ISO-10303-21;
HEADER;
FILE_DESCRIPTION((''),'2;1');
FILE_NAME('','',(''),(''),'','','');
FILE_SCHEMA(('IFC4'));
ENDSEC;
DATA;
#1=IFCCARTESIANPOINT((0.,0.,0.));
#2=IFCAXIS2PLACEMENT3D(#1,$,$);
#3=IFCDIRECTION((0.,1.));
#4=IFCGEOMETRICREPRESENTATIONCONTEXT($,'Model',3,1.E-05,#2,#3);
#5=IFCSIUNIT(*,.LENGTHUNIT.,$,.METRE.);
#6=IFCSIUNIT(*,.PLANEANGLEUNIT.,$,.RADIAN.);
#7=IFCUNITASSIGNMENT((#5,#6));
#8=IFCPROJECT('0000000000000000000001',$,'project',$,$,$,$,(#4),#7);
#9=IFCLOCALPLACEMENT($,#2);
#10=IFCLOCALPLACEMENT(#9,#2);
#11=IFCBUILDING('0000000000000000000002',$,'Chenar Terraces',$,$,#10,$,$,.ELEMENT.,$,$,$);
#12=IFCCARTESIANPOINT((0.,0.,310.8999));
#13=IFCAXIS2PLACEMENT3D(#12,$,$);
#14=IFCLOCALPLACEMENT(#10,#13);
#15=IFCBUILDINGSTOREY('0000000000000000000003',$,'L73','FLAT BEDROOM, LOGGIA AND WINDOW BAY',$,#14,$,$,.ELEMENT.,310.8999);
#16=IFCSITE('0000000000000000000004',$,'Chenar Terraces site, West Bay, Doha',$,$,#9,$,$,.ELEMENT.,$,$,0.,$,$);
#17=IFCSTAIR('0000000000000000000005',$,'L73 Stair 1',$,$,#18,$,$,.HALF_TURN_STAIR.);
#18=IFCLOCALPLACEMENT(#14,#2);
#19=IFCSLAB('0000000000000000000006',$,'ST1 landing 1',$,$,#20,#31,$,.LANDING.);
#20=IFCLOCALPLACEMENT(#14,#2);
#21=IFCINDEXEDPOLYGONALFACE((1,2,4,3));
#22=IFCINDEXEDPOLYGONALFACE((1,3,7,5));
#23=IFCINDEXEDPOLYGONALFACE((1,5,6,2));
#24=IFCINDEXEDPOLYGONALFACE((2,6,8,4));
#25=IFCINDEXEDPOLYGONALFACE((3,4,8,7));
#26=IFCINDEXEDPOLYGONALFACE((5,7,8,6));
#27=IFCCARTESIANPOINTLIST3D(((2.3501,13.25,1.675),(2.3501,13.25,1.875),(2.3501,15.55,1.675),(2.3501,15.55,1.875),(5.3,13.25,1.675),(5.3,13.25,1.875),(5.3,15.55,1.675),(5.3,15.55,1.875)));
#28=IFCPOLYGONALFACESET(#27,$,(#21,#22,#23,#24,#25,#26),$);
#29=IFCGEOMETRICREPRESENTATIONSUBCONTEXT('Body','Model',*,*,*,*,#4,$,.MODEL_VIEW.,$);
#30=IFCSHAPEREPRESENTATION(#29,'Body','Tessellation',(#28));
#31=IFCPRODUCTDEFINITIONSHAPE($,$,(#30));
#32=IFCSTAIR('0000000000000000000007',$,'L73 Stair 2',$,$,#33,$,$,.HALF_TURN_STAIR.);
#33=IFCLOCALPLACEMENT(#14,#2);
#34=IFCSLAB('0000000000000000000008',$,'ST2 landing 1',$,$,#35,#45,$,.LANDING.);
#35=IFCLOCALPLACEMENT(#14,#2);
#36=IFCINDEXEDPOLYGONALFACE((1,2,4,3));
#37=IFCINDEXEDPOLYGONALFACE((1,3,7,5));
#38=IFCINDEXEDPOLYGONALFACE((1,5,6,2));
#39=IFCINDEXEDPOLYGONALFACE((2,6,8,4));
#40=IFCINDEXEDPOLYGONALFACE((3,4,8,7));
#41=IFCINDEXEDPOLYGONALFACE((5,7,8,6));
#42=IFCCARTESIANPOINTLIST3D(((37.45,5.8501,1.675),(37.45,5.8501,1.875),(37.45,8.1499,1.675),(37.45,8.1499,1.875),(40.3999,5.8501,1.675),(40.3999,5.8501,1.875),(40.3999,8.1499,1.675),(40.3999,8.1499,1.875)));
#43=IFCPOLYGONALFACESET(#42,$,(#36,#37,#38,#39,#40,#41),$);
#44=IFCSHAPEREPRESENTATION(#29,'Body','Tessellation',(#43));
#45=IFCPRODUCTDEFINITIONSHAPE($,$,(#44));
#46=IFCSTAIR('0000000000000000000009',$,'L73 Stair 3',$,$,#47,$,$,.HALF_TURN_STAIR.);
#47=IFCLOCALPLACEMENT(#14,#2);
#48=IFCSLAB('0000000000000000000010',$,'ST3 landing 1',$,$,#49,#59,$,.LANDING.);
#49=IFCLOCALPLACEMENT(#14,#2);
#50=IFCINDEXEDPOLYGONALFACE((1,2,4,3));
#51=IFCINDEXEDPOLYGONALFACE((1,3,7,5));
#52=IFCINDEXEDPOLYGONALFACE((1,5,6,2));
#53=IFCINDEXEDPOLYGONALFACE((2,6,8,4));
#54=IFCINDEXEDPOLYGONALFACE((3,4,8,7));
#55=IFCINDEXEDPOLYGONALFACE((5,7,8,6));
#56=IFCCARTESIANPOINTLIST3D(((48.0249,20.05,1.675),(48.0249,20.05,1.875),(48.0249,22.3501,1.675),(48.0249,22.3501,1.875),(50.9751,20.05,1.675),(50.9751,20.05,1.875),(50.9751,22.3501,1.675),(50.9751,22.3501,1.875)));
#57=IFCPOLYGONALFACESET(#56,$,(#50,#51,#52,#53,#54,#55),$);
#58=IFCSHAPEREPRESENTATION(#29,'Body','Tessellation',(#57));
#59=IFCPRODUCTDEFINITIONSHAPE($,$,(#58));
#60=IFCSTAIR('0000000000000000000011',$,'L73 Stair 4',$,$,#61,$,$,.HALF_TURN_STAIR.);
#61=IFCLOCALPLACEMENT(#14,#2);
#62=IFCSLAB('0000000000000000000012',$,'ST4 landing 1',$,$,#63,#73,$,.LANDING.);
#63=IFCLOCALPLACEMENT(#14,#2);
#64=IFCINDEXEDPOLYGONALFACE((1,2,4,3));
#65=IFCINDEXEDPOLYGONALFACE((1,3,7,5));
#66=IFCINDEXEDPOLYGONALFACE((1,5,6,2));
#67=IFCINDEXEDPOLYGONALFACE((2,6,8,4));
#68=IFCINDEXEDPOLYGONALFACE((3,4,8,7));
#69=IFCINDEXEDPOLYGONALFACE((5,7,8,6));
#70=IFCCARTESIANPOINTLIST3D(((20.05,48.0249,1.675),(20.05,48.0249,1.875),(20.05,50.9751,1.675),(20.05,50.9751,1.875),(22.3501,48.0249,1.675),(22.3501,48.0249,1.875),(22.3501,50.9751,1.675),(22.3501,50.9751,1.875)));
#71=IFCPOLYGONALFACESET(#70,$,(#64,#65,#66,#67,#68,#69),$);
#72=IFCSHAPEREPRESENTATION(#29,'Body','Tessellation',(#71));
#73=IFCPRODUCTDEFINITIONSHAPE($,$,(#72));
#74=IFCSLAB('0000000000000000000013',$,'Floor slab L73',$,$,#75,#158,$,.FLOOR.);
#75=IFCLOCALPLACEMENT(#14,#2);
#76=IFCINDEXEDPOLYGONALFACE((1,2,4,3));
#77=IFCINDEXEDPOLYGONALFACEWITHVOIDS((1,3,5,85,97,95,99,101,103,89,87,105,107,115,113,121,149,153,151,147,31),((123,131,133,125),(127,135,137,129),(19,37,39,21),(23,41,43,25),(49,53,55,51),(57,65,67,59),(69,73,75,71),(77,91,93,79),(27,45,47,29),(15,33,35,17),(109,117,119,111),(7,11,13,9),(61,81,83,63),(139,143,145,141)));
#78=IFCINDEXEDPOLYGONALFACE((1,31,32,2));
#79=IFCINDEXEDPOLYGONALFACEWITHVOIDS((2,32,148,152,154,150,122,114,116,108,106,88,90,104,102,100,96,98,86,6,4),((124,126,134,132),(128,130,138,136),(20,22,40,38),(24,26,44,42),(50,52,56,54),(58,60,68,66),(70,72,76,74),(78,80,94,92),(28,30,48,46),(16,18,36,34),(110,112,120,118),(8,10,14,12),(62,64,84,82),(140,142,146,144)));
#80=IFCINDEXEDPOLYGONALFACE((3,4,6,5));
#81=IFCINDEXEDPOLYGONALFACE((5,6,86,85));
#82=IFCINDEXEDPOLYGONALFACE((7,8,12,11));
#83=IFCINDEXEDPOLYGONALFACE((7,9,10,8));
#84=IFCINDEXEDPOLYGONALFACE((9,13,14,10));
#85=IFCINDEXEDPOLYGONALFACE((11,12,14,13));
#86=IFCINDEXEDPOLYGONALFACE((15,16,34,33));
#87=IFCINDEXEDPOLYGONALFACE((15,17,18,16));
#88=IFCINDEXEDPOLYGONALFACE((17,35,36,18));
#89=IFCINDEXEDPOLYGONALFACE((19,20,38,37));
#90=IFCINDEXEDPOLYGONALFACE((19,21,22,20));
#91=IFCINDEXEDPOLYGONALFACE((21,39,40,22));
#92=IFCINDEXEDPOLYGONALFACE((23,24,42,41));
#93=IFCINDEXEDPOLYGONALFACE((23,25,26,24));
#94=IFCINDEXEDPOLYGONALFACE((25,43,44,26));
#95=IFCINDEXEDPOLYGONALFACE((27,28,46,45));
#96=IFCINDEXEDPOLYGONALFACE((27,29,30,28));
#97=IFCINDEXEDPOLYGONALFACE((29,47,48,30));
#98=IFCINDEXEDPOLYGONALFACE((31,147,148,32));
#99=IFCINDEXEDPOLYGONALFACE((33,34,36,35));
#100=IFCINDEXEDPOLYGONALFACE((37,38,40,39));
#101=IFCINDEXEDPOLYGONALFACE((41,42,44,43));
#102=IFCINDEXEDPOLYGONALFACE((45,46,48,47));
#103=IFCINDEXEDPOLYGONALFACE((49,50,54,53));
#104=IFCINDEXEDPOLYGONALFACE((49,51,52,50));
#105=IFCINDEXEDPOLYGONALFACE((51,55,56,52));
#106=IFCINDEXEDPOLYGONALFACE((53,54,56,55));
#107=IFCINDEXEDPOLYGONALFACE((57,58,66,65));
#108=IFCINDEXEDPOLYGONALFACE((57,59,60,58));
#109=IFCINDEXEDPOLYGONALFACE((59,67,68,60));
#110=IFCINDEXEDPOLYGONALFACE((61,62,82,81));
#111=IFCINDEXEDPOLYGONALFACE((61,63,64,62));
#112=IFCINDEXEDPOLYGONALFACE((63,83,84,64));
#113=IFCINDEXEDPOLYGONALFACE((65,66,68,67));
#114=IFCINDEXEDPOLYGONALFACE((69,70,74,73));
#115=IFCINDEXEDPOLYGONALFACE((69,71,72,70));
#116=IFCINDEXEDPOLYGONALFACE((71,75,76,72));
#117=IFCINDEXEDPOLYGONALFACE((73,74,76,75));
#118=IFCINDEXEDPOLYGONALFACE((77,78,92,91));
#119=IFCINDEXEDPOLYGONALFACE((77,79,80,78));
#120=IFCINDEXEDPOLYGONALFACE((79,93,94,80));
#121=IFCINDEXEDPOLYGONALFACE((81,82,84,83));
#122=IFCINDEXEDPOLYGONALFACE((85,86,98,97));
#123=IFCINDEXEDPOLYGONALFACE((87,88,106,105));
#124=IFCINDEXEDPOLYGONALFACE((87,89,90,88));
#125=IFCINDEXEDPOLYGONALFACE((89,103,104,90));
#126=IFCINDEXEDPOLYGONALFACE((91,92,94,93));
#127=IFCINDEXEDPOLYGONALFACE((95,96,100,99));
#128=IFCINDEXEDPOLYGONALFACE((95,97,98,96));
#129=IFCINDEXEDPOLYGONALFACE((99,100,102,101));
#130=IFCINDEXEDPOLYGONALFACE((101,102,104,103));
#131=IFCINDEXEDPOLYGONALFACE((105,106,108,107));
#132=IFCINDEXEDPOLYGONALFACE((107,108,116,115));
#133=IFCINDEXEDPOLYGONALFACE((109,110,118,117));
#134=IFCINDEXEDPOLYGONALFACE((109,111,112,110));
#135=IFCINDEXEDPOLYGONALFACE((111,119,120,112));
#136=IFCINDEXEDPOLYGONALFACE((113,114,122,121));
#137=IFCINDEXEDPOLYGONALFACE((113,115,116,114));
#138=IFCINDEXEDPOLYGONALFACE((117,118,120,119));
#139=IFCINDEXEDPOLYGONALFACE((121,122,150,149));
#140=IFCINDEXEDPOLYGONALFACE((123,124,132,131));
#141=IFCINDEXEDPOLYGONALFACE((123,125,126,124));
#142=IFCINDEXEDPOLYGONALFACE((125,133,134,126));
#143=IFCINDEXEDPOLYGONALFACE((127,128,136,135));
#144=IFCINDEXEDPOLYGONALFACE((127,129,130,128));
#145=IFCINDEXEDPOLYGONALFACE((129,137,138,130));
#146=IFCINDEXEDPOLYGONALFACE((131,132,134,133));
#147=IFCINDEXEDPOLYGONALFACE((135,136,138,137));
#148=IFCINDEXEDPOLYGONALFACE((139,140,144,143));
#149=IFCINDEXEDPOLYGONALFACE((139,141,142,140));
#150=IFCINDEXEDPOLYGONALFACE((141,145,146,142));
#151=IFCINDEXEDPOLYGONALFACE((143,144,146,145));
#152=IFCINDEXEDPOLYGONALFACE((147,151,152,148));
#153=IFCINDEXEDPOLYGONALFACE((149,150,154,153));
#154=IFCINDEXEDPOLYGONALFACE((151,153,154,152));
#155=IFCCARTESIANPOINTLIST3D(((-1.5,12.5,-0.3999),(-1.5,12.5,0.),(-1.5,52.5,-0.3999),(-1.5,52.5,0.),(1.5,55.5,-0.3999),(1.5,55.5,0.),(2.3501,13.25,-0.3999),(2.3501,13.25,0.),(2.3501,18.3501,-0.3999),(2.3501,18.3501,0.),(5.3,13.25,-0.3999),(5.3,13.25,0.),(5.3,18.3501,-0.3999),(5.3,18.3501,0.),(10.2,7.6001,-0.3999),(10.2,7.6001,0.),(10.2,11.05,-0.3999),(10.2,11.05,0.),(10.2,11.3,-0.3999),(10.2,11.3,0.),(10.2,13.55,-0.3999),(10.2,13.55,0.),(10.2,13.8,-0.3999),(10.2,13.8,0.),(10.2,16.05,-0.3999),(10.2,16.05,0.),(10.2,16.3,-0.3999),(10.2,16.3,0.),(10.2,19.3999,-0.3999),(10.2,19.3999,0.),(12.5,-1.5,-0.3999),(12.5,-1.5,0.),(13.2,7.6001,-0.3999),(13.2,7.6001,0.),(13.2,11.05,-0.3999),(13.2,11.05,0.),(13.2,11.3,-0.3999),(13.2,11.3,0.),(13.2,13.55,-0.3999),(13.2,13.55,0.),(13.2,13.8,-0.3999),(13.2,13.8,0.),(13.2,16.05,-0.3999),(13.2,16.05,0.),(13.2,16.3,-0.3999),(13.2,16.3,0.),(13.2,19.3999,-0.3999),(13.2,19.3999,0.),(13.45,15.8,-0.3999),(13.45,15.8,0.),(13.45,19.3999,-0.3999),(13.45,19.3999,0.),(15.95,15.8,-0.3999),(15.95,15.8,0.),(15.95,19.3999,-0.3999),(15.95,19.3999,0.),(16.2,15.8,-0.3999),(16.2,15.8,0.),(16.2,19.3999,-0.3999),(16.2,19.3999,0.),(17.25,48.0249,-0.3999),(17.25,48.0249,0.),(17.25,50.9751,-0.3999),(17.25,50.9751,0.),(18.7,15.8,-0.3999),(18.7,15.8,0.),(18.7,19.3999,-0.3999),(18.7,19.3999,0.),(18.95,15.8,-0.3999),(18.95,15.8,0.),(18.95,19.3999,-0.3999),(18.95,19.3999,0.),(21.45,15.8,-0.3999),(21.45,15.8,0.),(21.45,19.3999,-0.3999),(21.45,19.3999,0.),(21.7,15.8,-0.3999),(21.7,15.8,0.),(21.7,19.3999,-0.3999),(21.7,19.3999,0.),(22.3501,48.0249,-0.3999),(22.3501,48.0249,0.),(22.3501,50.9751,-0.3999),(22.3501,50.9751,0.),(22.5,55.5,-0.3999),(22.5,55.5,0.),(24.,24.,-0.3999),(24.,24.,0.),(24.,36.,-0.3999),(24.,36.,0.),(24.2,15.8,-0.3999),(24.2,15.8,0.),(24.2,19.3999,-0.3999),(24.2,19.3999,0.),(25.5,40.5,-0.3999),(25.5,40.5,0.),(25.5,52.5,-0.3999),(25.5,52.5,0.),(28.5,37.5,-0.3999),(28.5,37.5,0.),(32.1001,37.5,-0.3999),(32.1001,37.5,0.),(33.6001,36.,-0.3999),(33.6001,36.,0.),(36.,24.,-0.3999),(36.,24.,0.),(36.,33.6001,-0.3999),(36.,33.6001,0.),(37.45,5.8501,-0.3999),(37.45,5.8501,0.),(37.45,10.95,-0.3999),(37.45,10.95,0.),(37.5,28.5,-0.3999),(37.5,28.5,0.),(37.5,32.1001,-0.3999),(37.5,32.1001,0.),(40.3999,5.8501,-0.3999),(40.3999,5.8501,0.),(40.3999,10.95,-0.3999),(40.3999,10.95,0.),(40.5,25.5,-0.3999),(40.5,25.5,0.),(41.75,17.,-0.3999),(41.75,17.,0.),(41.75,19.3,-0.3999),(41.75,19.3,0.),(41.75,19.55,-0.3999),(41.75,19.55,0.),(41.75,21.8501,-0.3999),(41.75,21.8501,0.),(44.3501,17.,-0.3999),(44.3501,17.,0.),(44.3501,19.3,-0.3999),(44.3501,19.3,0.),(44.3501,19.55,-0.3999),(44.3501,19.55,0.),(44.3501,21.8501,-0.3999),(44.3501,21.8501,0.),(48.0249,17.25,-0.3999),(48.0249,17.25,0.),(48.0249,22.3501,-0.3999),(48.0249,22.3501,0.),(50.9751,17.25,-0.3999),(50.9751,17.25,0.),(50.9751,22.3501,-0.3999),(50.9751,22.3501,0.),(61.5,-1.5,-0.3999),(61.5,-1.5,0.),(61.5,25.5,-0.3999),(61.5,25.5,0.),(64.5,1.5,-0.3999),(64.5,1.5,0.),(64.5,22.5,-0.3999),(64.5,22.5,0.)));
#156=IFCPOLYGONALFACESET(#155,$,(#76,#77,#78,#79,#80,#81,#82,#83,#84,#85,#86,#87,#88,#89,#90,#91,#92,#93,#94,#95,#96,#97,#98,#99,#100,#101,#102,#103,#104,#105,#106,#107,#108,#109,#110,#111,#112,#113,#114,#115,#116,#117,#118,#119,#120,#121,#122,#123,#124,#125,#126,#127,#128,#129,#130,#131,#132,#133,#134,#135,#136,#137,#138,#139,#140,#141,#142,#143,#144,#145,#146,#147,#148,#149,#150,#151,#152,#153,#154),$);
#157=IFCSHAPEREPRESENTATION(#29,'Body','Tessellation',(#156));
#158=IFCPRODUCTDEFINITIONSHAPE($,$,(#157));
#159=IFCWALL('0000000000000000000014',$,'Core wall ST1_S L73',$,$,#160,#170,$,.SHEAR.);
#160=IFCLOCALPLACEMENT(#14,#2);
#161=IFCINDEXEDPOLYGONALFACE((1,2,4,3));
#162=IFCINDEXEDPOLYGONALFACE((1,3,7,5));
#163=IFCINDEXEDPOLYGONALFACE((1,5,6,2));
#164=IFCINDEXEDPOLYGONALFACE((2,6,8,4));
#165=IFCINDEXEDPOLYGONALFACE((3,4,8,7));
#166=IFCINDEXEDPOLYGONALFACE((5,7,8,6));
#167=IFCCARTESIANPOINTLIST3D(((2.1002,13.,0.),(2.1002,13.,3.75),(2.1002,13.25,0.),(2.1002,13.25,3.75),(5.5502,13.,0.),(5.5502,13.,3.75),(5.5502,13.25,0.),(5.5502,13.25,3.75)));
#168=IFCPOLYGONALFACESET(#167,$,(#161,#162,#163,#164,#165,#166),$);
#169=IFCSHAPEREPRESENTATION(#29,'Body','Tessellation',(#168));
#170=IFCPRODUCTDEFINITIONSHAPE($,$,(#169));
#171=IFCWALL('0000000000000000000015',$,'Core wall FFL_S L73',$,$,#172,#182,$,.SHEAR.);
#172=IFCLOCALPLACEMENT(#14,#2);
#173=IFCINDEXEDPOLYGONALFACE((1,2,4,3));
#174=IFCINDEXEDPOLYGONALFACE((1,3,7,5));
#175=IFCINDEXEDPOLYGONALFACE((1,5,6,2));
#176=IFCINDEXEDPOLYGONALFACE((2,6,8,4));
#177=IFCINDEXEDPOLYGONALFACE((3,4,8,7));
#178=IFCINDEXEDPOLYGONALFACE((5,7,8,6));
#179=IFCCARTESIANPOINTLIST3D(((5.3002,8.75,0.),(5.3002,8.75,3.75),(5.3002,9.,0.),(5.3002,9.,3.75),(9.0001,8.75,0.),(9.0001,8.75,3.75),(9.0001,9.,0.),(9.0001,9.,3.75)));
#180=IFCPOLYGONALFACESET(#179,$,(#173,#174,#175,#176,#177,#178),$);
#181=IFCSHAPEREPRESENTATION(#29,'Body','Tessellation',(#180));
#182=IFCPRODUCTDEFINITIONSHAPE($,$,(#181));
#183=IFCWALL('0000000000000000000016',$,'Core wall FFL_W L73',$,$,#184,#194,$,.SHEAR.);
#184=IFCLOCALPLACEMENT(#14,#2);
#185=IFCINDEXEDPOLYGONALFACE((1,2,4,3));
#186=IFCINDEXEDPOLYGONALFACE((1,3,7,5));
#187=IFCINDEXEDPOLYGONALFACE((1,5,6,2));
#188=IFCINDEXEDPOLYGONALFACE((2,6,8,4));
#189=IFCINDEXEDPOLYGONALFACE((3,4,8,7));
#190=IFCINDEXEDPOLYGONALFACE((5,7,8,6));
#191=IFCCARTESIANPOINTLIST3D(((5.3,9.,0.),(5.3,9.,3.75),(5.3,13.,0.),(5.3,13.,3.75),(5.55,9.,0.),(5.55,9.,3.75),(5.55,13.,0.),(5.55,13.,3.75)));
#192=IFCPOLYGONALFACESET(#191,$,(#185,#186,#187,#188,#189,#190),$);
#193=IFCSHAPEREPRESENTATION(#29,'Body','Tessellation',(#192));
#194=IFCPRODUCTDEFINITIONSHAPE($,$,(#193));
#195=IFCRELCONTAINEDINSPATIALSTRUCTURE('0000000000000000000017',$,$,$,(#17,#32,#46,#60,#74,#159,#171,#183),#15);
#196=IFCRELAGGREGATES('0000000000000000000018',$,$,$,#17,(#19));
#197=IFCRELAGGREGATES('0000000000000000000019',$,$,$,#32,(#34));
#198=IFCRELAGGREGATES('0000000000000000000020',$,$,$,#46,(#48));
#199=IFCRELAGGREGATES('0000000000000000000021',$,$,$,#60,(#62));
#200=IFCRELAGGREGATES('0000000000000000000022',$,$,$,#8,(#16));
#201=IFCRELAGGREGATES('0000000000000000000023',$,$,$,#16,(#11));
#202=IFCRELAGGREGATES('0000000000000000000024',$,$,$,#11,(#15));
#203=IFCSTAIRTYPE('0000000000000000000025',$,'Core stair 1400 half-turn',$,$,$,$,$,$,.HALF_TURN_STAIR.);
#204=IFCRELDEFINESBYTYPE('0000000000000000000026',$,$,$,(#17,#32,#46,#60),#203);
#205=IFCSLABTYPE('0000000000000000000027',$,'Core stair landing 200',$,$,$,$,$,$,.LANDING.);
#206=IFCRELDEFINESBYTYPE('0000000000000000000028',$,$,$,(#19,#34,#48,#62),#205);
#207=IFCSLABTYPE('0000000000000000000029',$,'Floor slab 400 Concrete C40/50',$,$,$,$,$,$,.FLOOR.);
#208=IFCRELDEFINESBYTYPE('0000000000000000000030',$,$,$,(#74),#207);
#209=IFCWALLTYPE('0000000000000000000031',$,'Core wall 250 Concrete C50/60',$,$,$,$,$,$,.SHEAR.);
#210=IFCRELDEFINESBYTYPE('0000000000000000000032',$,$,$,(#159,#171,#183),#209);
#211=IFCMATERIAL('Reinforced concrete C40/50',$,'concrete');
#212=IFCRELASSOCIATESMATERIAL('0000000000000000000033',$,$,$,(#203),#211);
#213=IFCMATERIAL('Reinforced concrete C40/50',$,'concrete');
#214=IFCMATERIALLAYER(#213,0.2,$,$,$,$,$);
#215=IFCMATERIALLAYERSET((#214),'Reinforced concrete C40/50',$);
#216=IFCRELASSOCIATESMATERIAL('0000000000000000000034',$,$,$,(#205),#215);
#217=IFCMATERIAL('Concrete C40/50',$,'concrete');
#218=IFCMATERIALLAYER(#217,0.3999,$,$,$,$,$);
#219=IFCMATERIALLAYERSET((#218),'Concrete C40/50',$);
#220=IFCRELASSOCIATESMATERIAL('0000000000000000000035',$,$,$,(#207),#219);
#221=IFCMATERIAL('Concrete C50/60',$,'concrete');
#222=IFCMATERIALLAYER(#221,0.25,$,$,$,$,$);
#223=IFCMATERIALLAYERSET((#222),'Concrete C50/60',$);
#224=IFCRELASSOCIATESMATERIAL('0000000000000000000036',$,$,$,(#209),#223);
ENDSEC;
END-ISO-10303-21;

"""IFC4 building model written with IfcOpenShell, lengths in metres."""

from ifc_helpers import new_model, si_unit, direction, frame, frame_2d, origin, place, context, subcontext, project, spatial, polyline, rectangle, outline, extrude, material, layer, layer_set, type_object, element, aggregate, save


model = new_model("IFC4")

# Units and contexts
model_context = context("Model", 3, precision=1e-05, world=origin(), true_north=direction((0.0, 1.0)))
body_context = subcontext(model_context, "Body", "Model", "MODEL_VIEW")
ifc_project = project(units=[si_unit("LENGTHUNIT", "METRE"), si_unit("PLANEANGLEUNIT", "RADIAN")], contexts=[model_context])

# Site, building, storey
site_placement = place(None, origin())
site = spatial("IfcSite", under=ifc_project, at=site_placement, Name="Chenar Terraces site, West Bay, Doha", CompositionType="ELEMENT", RefElevation=0.0)
building_placement = place(site_placement, origin())
building = spatial("IfcBuilding", under=site, at=building_placement, Name="Chenar Terraces", CompositionType="ELEMENT")
storey_placement = place(building_placement, frame((0.0, 0.0, 310.8999)))
storey = spatial("IfcBuildingStorey", under=building, at=storey_placement, Name="L73", Description="FLAT BEDROOM, LOGGIA AND WINDOW BAY", CompositionType="ELEMENT", Elevation=310.8999)

# Stairs, slabs
ifc_material_1 = material(Name="Reinforced concrete C40/50", Category="concrete")
stair_type = type_object("IfcStairType", Name="Core stair 1400 half-turn", PredefinedType="HALF_TURN_STAIR", material=ifc_material_1)
placement_1 = place(storey_placement, origin())
stair_1 = element("IfcStair", 1, at=placement_1, inside=storey, type_object=stair_type, Name="L73 Stair 1", PredefinedType="HALF_TURN_STAIR")
ifc_material_2 = material(Name="Reinforced concrete C40/50", Category="concrete")
ifc_layer_1 = layer(ifc_material_2, 0.2)
ifc_layer_set_1 = layer_set([ifc_layer_1], Name="Reinforced concrete C40/50")
slab_type_1 = type_object("IfcSlabType", Name="Core stair landing 200", PredefinedType="LANDING", material=ifc_layer_set_1)
placement_2 = place(storey_placement, frame((0.0, 0.0, 1.675)))
slab_1 = element("IfcSlab", 2, at=placement_2, type_object=slab_type_1, Name="ST1 landing 1", PredefinedType="LANDING", context=body_context, shape_type="SweptSolid", body=[
    extrude(outline(polyline([(2.3501, 15.55), (2.3501, 13.25), (5.3, 13.25), (5.3, 15.55), (2.3501, 15.55)])), origin(), (0.0, 0.0, 1.0), 0.2),
])
aggregate(stair_1, [slab_1])
stair_2 = element("IfcStair", 3, at=placement_1, inside=storey, type_object=stair_type, Name="L73 Stair 2", PredefinedType="HALF_TURN_STAIR")
slab_2 = element("IfcSlab", 4, at=placement_2, type_object=slab_type_1, Name="ST2 landing 1", PredefinedType="LANDING", context=body_context, shape_type="SweptSolid", body=[
    extrude(outline(polyline([(37.45, 8.1499), (37.45, 5.8501), (40.3999, 5.8501), (40.3999, 8.1499), (37.45, 8.1499)])), origin(), (0.0, 0.0, 1.0), 0.2),
])
aggregate(stair_2, [slab_2])
stair_3 = element("IfcStair", 5, at=placement_1, inside=storey, type_object=stair_type, Name="L73 Stair 3", PredefinedType="HALF_TURN_STAIR")
slab_3 = element("IfcSlab", 6, at=placement_2, type_object=slab_type_1, Name="ST3 landing 1", PredefinedType="LANDING", context=body_context, shape_type="SweptSolid", body=[
    extrude(outline(polyline([(50.9751, 20.05), (50.9751, 22.3501), (48.0249, 22.3501), (48.0249, 20.05), (50.9751, 20.05)])), origin(), (0.0, 0.0, 1.0), 0.2),
])
aggregate(stair_3, [slab_3])
stair_4 = element("IfcStair", 7, at=placement_1, inside=storey, type_object=stair_type, Name="L73 Stair 4", PredefinedType="HALF_TURN_STAIR")
slab_4 = element("IfcSlab", 8, at=placement_2, type_object=slab_type_1, Name="ST4 landing 1", PredefinedType="LANDING", context=body_context, shape_type="SweptSolid", body=[
    extrude(outline(polyline([(20.05, 48.0249), (22.3501, 48.0249), (22.3501, 50.9751), (20.05, 50.9751), (20.05, 48.0249)])), origin(), (0.0, 0.0, 1.0), 0.2),
])
aggregate(stair_4, [slab_4])

# Slab
ifc_material_3 = material(Name="Concrete C40/50", Category="concrete")
ifc_layer_2 = layer(ifc_material_3, 0.3999)
ifc_layer_set_2 = layer_set([ifc_layer_2], Name="Concrete C40/50")
slab_type_2 = type_object("IfcSlabType", Name="Floor slab 400 Concrete C40/50", PredefinedType="FLOOR", material=ifc_layer_set_2)
slab_5_placement = place(storey_placement, frame((0.0, 0.0, -0.3999)))
element("IfcSlab", 9, at=slab_5_placement, inside=storey, type_object=slab_type_2, Name="Floor slab L73", PredefinedType="FLOOR", context=body_context, shape_type="SweptSolid", body=[
    extrude(outline(polyline([(64.5, 22.5), (64.5, 1.5), (61.5, -1.5), (12.5, -1.5), (-1.5, 12.5), (-1.5, 52.5), (1.5, 55.5), (22.5, 55.5), (25.5, 52.5), (25.5, 40.5), (28.5, 37.5), (32.1001, 37.5), (33.6001, 36.0), (24.0, 36.0), (24.0, 24.0), (36.0, 24.0), (36.0, 33.6001), (37.5, 32.1001), (37.5, 28.5), (40.5, 25.5), (61.5, 25.5), (64.5, 22.5)]), holes=[polyline([(10.2, 11.05), (10.2, 7.6001), (13.2, 7.6001), (13.2, 11.05), (10.2, 11.05)]), polyline([(13.2, 13.55), (10.2, 13.55), (10.2, 11.3), (13.2, 11.3), (13.2, 13.55)]), polyline([(13.2, 16.05), (10.2, 16.05), (10.2, 13.8), (13.2, 13.8), (13.2, 16.05)]), polyline([(2.3501, 13.25), (5.3, 13.25), (5.3, 18.3501), (2.3501, 18.3501), (2.3501, 13.25)]), polyline([(15.95, 19.3999), (13.45, 19.3999), (13.45, 15.8), (15.95, 15.8), (15.95, 19.3999)]), polyline([(18.7, 19.3999), (16.2, 19.3999), (16.2, 15.8), (18.7, 15.8), (18.7, 19.3999)]), polyline([(13.2, 19.3999), (10.2, 19.3999), (10.2, 16.3), (13.2, 16.3), (13.2, 19.3999)]), polyline([(22.3501, 48.0249), (22.3501, 50.9751), (17.25, 50.9751), (17.25, 48.0249), (22.3501, 48.0249)]), polyline([(37.45, 5.8501), (40.3999, 5.8501), (40.3999, 10.95), (37.45, 10.95), (37.45, 5.8501)]), polyline([(21.45, 19.3999), (18.95, 19.3999), (18.95, 15.8), (21.45, 15.8), (21.45, 19.3999)]), polyline([(24.2, 19.3999), (21.7, 19.3999), (21.7, 15.8), (24.2, 15.8), (24.2, 19.3999)]), polyline([(44.3501, 19.3), (41.75, 19.3), (41.75, 17.0), (44.3501, 17.0), (44.3501, 19.3)]), polyline([(50.9751, 22.3501), (48.0249, 22.3501), (48.0249, 17.25), (50.9751, 17.25), (50.9751, 22.3501)]), polyline([(44.3501, 21.8501), (41.75, 21.8501), (41.75, 19.55), (44.3501, 19.55), (44.3501, 21.8501)])]), origin(), (0.0, 0.0, 1.0), 0.3999),
])

# Walls
ifc_material_4 = material(Name="Concrete C50/60", Category="concrete")
ifc_layer_3 = layer(ifc_material_4, 0.25)
ifc_layer_set_3 = layer_set([ifc_layer_3], Name="Concrete C50/60")
wall_type_1 = type_object("IfcWallType", Name="Core wall 250 Concrete C50/60", PredefinedType="SHEAR", material=ifc_layer_set_3)
wall_1_placement = place(storey_placement, frame((2.1001, 13.125, 0.0), z_axis=(0.0, 0.0, 1.0), x_axis=(1.0, 0.0, 0.0)))
element("IfcWall", 10, at=wall_1_placement, inside=storey, type_object=wall_type_1, Name="Core wall ST1_S L73", PredefinedType="SHEAR", context=body_context, shape_type="SweptSolid", body=[
    extrude(rectangle(XDim=3.45, YDim=0.25, at=frame_2d((1.7251, 0.0))), origin(), (0.0, 0.0, 1.0), 3.75),
])
wall_2_placement = place(storey_placement, frame((5.3, 8.875, 0.0), z_axis=(0.0, 0.0, 1.0), x_axis=(1.0, 0.0, 0.0)))
element("IfcWall", 11, at=wall_2_placement, inside=storey, type_object=wall_type_1, Name="Core wall FFL_S L73", PredefinedType="SHEAR", context=body_context, shape_type="SweptSolid", body=[
    extrude(rectangle(XDim=3.7, YDim=0.25, at=frame_2d((1.8501, 0.0))), origin(), (0.0, 0.0, 1.0), 3.75),
])
wall_3_placement = place(storey_placement, frame((5.425, 9.0, 0.0), z_axis=(0.0, 0.0, 1.0), x_axis=(0.0, 1.0, 0.0)))
element("IfcWall", 12, at=wall_3_placement, inside=storey, type_object=wall_type_1, Name="Core wall FFL_W L73", PredefinedType="SHEAR", context=body_context, shape_type="SweptSolid", body=[
    extrude(rectangle(XDim=4.0, YDim=0.25, at=frame_2d((2.0, 0.0))), origin(), (0.0, 0.0, 1.0), 3.75),
])

save(model, "model.ifc")
